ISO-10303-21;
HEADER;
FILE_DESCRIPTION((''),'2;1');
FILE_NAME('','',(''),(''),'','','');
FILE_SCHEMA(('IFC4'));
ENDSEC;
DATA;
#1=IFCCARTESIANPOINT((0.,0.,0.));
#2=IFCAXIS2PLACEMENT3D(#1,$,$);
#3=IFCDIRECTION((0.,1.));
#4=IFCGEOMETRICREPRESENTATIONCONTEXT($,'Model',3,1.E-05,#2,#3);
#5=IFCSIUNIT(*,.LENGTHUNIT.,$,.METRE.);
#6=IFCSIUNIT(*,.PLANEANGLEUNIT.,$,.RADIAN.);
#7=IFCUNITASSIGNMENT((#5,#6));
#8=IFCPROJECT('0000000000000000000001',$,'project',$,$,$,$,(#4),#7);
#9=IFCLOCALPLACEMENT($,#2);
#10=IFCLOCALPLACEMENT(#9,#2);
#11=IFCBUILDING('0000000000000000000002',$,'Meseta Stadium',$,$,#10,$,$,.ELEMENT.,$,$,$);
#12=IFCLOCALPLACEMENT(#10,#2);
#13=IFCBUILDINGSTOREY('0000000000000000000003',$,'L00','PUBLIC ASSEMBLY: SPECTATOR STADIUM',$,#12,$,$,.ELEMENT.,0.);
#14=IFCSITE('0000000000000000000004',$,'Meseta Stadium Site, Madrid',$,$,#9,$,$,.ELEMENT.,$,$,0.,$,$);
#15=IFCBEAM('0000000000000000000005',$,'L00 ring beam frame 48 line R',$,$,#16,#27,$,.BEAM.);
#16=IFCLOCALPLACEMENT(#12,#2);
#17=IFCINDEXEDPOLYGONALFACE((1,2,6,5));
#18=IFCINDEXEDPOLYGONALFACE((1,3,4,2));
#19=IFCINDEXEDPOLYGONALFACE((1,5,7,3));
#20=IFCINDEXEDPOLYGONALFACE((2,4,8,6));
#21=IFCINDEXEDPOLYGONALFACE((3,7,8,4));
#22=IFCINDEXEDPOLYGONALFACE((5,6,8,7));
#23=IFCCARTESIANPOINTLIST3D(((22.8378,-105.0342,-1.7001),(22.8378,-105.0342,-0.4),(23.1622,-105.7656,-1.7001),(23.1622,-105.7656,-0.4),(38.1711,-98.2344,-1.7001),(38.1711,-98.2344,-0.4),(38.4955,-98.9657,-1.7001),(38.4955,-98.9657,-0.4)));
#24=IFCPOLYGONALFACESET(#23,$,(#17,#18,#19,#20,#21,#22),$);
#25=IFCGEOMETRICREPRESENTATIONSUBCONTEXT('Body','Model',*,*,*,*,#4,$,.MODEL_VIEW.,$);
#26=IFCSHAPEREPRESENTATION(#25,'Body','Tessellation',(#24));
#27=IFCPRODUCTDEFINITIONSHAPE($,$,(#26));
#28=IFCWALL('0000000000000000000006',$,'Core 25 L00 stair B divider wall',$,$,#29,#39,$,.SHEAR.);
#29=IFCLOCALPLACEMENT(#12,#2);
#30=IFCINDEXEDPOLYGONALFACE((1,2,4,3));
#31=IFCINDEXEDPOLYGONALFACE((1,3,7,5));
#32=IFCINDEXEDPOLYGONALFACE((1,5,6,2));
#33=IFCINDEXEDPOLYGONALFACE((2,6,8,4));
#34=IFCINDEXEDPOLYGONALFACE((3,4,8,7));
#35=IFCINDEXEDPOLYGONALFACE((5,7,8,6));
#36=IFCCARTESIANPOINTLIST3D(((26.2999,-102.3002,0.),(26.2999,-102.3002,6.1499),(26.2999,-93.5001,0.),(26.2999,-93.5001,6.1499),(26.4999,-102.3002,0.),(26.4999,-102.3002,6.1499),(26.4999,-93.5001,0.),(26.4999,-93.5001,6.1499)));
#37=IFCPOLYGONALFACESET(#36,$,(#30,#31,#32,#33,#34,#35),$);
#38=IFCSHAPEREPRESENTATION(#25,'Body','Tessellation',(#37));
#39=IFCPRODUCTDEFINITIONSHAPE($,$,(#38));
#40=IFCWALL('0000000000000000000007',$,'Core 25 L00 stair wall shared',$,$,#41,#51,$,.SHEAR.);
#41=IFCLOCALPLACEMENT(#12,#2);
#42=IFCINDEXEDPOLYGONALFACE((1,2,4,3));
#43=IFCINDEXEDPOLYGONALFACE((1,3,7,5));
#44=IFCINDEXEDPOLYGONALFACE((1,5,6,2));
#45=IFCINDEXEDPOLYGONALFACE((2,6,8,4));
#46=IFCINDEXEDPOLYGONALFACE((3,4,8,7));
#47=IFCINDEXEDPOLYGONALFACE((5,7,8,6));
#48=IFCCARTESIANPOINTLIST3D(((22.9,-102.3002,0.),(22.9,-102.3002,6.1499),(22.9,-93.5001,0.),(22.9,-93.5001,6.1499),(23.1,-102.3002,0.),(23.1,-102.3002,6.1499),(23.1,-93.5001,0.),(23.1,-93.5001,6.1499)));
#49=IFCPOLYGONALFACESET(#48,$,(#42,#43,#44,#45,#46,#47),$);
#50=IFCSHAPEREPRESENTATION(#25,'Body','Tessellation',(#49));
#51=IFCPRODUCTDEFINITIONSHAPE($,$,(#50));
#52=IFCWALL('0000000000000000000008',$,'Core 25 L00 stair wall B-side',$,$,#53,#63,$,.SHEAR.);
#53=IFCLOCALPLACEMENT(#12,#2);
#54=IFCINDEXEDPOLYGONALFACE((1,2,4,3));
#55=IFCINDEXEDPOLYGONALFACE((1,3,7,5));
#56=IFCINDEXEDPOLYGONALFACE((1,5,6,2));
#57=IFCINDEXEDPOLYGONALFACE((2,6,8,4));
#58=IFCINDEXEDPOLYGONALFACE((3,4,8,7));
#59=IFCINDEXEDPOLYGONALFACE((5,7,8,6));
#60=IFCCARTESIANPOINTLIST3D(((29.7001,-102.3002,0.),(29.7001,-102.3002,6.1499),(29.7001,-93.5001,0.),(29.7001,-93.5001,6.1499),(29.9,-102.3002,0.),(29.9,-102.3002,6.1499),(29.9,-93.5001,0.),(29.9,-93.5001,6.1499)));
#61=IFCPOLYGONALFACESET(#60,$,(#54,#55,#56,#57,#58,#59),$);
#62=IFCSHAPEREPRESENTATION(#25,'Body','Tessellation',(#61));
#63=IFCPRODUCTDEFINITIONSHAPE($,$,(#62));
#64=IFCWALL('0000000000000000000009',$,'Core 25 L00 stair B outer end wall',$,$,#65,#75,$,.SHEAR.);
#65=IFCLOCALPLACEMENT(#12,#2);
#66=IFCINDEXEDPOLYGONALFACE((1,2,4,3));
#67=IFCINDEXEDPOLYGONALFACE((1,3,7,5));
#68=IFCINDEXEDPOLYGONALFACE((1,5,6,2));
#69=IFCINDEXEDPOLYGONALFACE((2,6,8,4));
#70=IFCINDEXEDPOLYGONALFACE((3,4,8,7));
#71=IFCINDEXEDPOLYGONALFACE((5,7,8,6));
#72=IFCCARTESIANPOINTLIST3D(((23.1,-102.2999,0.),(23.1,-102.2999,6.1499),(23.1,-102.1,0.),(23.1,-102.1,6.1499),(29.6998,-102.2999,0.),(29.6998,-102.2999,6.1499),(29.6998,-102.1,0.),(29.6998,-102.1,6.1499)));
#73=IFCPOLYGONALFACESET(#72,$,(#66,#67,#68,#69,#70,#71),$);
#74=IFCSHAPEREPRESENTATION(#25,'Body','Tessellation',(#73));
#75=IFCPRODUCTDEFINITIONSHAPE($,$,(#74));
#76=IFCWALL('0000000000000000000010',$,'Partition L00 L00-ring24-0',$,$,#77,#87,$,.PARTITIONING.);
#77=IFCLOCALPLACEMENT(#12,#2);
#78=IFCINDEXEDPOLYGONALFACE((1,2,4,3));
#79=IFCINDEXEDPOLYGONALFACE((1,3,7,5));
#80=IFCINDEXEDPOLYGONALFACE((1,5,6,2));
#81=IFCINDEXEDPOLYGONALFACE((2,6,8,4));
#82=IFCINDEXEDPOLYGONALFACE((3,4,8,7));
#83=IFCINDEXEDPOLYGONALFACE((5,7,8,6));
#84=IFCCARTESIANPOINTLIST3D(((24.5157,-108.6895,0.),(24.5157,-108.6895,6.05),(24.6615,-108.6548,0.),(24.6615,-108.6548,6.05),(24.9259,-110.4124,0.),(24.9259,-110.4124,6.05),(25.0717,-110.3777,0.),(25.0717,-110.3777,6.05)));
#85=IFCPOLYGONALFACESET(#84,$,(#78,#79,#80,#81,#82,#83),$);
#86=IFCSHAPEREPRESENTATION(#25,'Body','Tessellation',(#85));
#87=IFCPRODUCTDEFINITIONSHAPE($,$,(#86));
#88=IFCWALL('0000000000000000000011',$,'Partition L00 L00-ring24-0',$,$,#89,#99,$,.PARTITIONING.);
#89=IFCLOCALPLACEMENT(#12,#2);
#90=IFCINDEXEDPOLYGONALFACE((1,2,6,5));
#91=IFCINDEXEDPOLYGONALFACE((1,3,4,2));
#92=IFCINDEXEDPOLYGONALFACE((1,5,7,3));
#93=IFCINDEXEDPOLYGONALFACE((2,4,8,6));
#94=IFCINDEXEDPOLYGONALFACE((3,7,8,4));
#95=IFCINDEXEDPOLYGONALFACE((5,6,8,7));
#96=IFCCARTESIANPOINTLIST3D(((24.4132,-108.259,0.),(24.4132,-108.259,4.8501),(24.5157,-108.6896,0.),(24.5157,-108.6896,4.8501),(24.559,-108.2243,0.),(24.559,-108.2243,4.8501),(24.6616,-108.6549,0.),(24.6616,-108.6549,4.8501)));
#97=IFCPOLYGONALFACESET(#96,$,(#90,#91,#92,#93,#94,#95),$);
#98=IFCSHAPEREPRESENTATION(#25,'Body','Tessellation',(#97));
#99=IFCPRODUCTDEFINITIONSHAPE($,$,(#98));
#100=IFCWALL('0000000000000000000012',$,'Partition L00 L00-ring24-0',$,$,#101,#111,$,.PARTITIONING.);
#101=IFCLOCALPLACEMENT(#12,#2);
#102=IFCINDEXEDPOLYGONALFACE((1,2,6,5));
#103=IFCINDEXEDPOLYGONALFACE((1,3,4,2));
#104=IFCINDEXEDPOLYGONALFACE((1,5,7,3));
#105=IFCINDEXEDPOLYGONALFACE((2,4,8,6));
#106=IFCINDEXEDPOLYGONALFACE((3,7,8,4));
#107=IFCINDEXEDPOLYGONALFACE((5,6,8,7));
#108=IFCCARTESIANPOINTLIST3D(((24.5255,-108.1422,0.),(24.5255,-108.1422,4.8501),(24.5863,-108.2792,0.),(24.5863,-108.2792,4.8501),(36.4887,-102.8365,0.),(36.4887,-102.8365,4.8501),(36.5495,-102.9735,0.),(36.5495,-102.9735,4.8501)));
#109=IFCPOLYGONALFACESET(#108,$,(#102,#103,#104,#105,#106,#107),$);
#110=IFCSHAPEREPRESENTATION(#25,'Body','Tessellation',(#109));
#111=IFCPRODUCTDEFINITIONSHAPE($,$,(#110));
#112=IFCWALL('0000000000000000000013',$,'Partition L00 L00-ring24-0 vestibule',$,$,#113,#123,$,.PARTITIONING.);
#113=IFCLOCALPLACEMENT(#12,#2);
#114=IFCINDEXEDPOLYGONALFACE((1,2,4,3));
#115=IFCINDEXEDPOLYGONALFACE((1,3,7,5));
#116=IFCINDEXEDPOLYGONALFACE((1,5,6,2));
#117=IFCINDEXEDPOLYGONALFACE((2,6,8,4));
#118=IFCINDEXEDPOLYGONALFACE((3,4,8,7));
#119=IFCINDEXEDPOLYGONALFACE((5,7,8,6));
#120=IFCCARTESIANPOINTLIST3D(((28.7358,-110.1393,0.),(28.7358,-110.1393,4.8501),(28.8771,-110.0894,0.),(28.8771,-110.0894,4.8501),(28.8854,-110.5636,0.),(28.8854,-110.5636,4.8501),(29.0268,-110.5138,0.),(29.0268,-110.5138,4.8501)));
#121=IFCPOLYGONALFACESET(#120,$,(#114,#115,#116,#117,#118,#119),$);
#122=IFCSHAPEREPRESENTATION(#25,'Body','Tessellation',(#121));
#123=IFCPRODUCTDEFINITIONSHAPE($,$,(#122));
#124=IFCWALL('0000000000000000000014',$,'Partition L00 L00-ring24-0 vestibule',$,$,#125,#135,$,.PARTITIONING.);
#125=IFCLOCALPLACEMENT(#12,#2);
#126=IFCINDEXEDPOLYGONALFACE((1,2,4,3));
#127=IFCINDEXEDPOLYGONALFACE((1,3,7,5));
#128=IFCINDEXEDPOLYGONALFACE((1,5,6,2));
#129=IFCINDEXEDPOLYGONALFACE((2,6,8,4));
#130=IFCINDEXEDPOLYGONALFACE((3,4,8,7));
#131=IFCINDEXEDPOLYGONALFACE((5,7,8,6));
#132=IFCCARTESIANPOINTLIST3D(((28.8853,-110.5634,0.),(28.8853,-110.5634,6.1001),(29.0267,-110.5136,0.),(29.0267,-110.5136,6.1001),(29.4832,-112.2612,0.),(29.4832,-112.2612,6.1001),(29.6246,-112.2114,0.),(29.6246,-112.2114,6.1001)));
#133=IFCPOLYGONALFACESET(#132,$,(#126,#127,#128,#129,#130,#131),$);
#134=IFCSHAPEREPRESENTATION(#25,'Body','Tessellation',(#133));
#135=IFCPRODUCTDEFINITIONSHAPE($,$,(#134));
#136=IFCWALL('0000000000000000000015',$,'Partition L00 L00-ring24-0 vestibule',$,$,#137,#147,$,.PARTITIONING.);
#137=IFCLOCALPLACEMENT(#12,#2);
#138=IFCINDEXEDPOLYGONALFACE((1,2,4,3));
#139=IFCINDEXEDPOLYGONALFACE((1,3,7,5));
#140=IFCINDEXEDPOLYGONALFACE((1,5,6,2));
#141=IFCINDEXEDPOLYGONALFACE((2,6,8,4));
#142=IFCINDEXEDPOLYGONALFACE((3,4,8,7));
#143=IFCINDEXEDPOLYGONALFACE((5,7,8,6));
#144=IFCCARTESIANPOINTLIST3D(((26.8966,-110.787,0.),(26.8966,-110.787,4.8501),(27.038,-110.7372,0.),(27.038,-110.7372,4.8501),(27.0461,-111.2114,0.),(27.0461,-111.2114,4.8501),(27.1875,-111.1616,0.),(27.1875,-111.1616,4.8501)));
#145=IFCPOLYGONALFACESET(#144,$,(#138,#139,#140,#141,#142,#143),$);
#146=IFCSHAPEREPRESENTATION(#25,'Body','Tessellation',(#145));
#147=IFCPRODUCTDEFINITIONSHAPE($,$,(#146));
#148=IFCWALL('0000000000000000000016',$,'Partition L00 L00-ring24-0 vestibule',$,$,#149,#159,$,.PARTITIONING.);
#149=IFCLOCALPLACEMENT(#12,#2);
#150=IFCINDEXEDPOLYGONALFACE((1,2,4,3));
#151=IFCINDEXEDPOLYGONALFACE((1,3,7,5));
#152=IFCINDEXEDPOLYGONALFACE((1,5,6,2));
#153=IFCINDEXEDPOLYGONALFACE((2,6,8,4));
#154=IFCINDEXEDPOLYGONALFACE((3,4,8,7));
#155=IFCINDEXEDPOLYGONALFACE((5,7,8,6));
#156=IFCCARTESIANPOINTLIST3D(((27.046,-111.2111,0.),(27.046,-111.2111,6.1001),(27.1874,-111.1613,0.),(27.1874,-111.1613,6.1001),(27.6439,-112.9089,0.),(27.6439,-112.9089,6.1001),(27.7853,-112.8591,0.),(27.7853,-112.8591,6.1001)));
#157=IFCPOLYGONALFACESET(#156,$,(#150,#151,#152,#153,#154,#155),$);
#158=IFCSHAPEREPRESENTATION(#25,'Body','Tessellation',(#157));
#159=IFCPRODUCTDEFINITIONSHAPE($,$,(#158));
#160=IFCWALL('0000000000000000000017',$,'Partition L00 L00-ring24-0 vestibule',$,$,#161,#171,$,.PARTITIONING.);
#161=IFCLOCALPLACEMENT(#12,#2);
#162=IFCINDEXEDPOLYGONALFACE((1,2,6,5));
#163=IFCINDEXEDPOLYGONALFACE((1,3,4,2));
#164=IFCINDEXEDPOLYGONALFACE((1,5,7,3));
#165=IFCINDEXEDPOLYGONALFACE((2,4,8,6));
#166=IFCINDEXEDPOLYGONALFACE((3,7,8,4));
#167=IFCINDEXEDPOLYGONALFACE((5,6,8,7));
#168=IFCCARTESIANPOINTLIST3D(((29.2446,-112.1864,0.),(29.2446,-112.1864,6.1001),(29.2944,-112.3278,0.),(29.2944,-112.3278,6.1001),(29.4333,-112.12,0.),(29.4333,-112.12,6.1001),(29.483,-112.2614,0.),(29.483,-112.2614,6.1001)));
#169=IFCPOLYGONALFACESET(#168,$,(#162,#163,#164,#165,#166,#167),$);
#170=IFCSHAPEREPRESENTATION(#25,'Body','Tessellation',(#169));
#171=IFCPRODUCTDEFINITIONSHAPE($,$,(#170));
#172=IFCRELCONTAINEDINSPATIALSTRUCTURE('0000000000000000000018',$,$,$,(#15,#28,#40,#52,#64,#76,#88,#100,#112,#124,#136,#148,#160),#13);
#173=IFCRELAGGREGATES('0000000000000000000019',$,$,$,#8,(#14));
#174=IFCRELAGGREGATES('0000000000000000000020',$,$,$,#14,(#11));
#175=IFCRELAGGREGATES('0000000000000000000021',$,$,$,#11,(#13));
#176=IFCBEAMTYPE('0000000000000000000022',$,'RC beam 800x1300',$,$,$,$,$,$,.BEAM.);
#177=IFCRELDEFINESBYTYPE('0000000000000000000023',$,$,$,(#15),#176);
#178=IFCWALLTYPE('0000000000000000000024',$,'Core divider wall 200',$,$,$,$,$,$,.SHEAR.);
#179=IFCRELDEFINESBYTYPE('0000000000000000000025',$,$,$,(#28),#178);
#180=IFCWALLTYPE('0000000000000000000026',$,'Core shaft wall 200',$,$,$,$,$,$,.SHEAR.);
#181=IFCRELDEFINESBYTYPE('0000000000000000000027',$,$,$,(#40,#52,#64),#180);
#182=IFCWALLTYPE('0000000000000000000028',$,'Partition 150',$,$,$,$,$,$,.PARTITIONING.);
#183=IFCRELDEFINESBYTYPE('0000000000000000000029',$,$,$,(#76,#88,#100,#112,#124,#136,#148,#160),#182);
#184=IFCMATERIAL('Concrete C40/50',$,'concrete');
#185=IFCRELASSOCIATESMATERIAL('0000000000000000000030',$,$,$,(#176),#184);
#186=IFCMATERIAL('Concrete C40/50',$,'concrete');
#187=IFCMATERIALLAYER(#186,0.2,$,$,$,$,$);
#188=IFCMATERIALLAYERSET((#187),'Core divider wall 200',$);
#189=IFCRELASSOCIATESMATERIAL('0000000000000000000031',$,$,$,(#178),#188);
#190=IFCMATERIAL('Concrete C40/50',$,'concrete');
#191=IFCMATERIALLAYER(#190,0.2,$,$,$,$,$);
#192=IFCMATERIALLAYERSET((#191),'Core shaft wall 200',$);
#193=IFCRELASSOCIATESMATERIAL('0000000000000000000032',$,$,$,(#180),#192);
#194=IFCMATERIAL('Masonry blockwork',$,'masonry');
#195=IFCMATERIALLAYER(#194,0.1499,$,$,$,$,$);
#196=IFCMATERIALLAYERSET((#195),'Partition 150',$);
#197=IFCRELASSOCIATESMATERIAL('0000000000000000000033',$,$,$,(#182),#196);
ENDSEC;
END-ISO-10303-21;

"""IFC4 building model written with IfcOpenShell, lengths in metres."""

from ifc_helpers import new_model, si_unit, direction, frame, frame_2d, origin, origin_2d, place, context, subcontext, project, spatial, rectangle, extrude, material, layer, layer_set, material_profile, profile_set, type_object, element, save


model = new_model("IFC4")

# Units and contexts
model_context = context("Model", 3, precision=1e-05, world=origin(), true_north=direction((0.0, 1.0)))
body_context = subcontext(model_context, "Body", "Model", "MODEL_VIEW")
ifc_project = project(units=[si_unit("LENGTHUNIT", "METRE"), si_unit("PLANEANGLEUNIT", "RADIAN")], contexts=[model_context])

# Site, building, storey
site_placement = place(None, origin())
site = spatial("IfcSite", under=ifc_project, at=site_placement, Name="Meseta Stadium Site, Madrid", CompositionType="ELEMENT", RefElevation=0.0)
building_placement = place(site_placement, origin())
building = spatial("IfcBuilding", under=site, at=building_placement, Name="Meseta Stadium", CompositionType="ELEMENT")
storey_placement = place(building_placement, origin())
storey = spatial("IfcBuildingStorey", under=building, at=storey_placement, Name="L00", Description="PUBLIC ASSEMBLY: SPECTATOR STADIUM", CompositionType="ELEMENT", Elevation=0.0)

# Beam
ifc_material_1 = material(Name="Concrete C40/50", Category="concrete")
ifc_material_profile_1 = material_profile(ifc_material_1, rectangle(XDim=0.8, YDim=1.3, at=origin_2d()), Name="RC 800x1300")
ifc_profile_set_1 = profile_set([ifc_material_profile_1], Name="Concrete C40/50")
beam_type_1 = type_object("IfcBeamType", Name="RC beam 800x1300", PredefinedType="BEAM", material=ifc_profile_set_1)
beam_1_placement = place(storey_placement, frame((23.0, -105.3999, -1.05), z_axis=(0.914143, 0.405393, 0.0), x_axis=(-0.405393, 0.914143, 0.0)))
element("IfcBeam", 1, at=beam_1_placement, inside=storey, type_object=beam_type_1, Name="L00 ring beam frame 48 line R", PredefinedType="BEAM", context=body_context, shape_type="SweptSolid", body=[
    extrude(rectangle(XDim=0.8, YDim=1.3, at=origin_2d()), origin(), (0.0, 0.0, 1.0), 16.7734),
])

# Walls
ifc_material_2 = material(Name="Concrete C40/50", Category="concrete")
ifc_layer_1 = layer(ifc_material_2, 0.2)
ifc_layer_set_1 = layer_set([ifc_layer_1], Name="Core divider wall 200")
wall_type_1 = type_object("IfcWallType", Name="Core divider wall 200", PredefinedType="SHEAR", material=ifc_layer_set_1)
wall_1_placement = place(storey_placement, frame((26.3999, -102.3, 0.0), z_axis=(0.0, 0.0, 1.0), x_axis=(0.0, 1.0, 0.0)))
element("IfcWall", 2, at=wall_1_placement, inside=storey, type_object=wall_type_1, Name="Core 25 L00 stair B divider wall", PredefinedType="SHEAR", context=body_context, shape_type="SweptSolid", body=[
    extrude(rectangle(XDim=8.8, YDim=0.2, at=frame_2d((4.3999, 0.0))), origin(), (0.0, 0.0, 1.0), 6.1499),
])
ifc_material_3 = material(Name="Concrete C40/50", Category="concrete")
ifc_layer_2 = layer(ifc_material_3, 0.2)
ifc_layer_set_2 = layer_set([ifc_layer_2], Name="Core shaft wall 200")
wall_type_2 = type_object("IfcWallType", Name="Core shaft wall 200", PredefinedType="SHEAR", material=ifc_layer_set_2)
for number, where, z_axis, x_axis, name in (
    (3, (23.0, -102.3, 0.0), (0.0, 0.0, 1.0), (0.0, 1.0, 0.0), "Core 25 L00 stair wall shared"),
    (4, (29.8, -102.3, 0.0), (0.0, 0.0, 1.0), (0.0, 1.0, 0.0), "Core 25 L00 stair wall B-side"),
):
    element("IfcWall", number, at=place(storey_placement, frame(where, z_axis=z_axis, x_axis=x_axis)), inside=storey, type_object=wall_type_2, Name=name, PredefinedType="SHEAR", context=body_context, shape_type="SweptSolid", body=[
        extrude(rectangle(XDim=8.8, YDim=0.2, at=frame_2d((4.3999, 0.0))), origin(), (0.0, 0.0, 1.0), 6.1499),
    ])
wall_2_placement = place(storey_placement, frame((23.1001, -102.2, 0.0), z_axis=(0.0, 0.0, 1.0), x_axis=(1.0, 0.0, 0.0)))
element("IfcWall", 5, at=wall_2_placement, inside=storey, type_object=wall_type_2, Name="Core 25 L00 stair B outer end wall", PredefinedType="SHEAR", context=body_context, shape_type="SweptSolid", body=[
    extrude(rectangle(XDim=6.5999, YDim=0.2, at=frame_2d((3.2998, 0.0))), origin(), (0.0, 0.0, 1.0), 6.1499),
])
ifc_material_4 = material(Name="Masonry blockwork", Category="masonry")
ifc_layer_3 = layer(ifc_material_4, 0.1499)
ifc_layer_set_3 = layer_set([ifc_layer_3], Name="Partition 150")
wall_type_3 = type_object("IfcWallType", Name="Partition 150", PredefinedType="PARTITIONING", material=ifc_layer_set_3)
wall_3_placement = place(storey_placement, frame((24.9988, -110.395, 0.0), z_axis=(0.0, 0.0, 1.0), x_axis=(-0.231589, 0.972814, 0.0)))
element("IfcWall", 6, at=wall_3_placement, inside=storey, type_object=wall_type_3, Name="Partition L00 L00-ring24-0", PredefinedType="PARTITIONING", context=body_context, shape_type="SweptSolid", body=[
    extrude(rectangle(XDim=1.771, YDim=0.1499, at=frame_2d((0.8855, 0.0))), origin(), (0.0, 0.0, 1.0), 6.05),
])
wall_4_placement = place(storey_placement, frame((24.5886, -108.6721, 0.0), z_axis=(0.0, 0.0, 1.0), x_axis=(-0.231621, 0.972806, 0.0)))
element("IfcWall", 7, at=wall_4_placement, inside=storey, type_object=wall_type_3, Name="Partition L00 L00-ring24-0", PredefinedType="PARTITIONING", context=body_context, shape_type="SweptSolid", body=[
    extrude(rectangle(XDim=0.4426, YDim=0.1499, at=frame_2d((0.2212, 0.0))), origin(), (0.0, 0.0, 1.0), 4.8501),
])
wall_5_placement = place(storey_placement, frame((24.5559, -108.2107, 0.0), z_axis=(0.0, 0.0, 1.0), x_axis=(0.914131, 0.405418, 0.0)))
element("IfcWall", 8, at=wall_5_placement, inside=storey, type_object=wall_type_3, Name="Partition L00 L00-ring24-0", PredefinedType="PARTITIONING", context=body_context, shape_type="SweptSolid", body=[
    extrude(rectangle(XDim=13.0869, YDim=0.1499, at=frame_2d((6.5435, 0.0))), origin(), (0.0, 0.0, 1.0), 4.8501),
])
wall_6_placement = place(storey_placement, frame((28.8064, -110.1143, 0.0), z_axis=(0.0, 0.0, 1.0), x_axis=(0.332621, -0.94306, 0.0)))
element("IfcWall", 9, at=wall_6_placement, inside=storey, type_object=wall_type_3, Name="Partition L00 L00-ring24-0 vestibule", PredefinedType="PARTITIONING", context=body_context, shape_type="SweptSolid", body=[
    extrude(rectangle(XDim=0.45, YDim=0.1499, at=frame_2d((0.2251, 0.0))), origin(), (0.0, 0.0, 1.0), 4.8501),
])
wall_7_placement = place(storey_placement, frame((28.9561, -110.5386, 0.0), z_axis=(0.0, 0.0, 1.0), x_axis=(0.332174, -0.943218, 0.0)))
element("IfcWall", 10, at=wall_7_placement, inside=storey, type_object=wall_type_3, Name="Partition L00 L00-ring24-0 vestibule", PredefinedType="PARTITIONING", context=body_context, shape_type="SweptSolid", body=[
    extrude(rectangle(XDim=1.8, YDim=0.1499, at=frame_2d((0.8999, 0.0))), origin(), (0.0, 0.0, 1.0), 6.1001),
])
wall_8_placement = place(storey_placement, frame((26.9673, -110.762, 0.0), z_axis=(0.0, 0.0, 1.0), x_axis=(0.332139, -0.943231, 0.0)))
element("IfcWall", 11, at=wall_8_placement, inside=storey, type_object=wall_type_3, Name="Partition L00 L00-ring24-0 vestibule", PredefinedType="PARTITIONING", context=body_context, shape_type="SweptSolid", body=[
    extrude(rectangle(XDim=0.45, YDim=0.1499, at=frame_2d((0.2251, 0.0))), origin(), (0.0, 0.0, 1.0), 4.8501),
])
wall_9_placement = place(storey_placement, frame((27.1167, -111.1863, 0.0), z_axis=(0.0, 0.0, 1.0), x_axis=(0.332174, -0.943218, 0.0)))
element("IfcWall", 12, at=wall_9_placement, inside=storey, type_object=wall_type_3, Name="Partition L00 L00-ring24-0 vestibule", PredefinedType="PARTITIONING", context=body_context, shape_type="SweptSolid", body=[
    extrude(rectangle(XDim=1.8, YDim=0.1499, at=frame_2d((0.8999, 0.0))), origin(), (0.0, 0.0, 1.0), 6.1001),
])
wall_10_placement = place(storey_placement, frame((29.4583, -112.1907, 0.0), z_axis=(0.0, 0.0, 1.0), x_axis=(-0.943305, -0.331926, 0.0)))
element("IfcWall", 13, at=wall_10_placement, inside=storey, type_object=wall_type_3, Name="Partition L00 L00-ring24-0 vestibule", PredefinedType="PARTITIONING", context=body_context, shape_type="SweptSolid", body=[
    extrude(rectangle(XDim=0.2, YDim=0.1499, at=frame_2d((0.1001, 0.0))), origin(), (0.0, 0.0, 1.0), 6.1001),
])

save(model, "model.ifc")
